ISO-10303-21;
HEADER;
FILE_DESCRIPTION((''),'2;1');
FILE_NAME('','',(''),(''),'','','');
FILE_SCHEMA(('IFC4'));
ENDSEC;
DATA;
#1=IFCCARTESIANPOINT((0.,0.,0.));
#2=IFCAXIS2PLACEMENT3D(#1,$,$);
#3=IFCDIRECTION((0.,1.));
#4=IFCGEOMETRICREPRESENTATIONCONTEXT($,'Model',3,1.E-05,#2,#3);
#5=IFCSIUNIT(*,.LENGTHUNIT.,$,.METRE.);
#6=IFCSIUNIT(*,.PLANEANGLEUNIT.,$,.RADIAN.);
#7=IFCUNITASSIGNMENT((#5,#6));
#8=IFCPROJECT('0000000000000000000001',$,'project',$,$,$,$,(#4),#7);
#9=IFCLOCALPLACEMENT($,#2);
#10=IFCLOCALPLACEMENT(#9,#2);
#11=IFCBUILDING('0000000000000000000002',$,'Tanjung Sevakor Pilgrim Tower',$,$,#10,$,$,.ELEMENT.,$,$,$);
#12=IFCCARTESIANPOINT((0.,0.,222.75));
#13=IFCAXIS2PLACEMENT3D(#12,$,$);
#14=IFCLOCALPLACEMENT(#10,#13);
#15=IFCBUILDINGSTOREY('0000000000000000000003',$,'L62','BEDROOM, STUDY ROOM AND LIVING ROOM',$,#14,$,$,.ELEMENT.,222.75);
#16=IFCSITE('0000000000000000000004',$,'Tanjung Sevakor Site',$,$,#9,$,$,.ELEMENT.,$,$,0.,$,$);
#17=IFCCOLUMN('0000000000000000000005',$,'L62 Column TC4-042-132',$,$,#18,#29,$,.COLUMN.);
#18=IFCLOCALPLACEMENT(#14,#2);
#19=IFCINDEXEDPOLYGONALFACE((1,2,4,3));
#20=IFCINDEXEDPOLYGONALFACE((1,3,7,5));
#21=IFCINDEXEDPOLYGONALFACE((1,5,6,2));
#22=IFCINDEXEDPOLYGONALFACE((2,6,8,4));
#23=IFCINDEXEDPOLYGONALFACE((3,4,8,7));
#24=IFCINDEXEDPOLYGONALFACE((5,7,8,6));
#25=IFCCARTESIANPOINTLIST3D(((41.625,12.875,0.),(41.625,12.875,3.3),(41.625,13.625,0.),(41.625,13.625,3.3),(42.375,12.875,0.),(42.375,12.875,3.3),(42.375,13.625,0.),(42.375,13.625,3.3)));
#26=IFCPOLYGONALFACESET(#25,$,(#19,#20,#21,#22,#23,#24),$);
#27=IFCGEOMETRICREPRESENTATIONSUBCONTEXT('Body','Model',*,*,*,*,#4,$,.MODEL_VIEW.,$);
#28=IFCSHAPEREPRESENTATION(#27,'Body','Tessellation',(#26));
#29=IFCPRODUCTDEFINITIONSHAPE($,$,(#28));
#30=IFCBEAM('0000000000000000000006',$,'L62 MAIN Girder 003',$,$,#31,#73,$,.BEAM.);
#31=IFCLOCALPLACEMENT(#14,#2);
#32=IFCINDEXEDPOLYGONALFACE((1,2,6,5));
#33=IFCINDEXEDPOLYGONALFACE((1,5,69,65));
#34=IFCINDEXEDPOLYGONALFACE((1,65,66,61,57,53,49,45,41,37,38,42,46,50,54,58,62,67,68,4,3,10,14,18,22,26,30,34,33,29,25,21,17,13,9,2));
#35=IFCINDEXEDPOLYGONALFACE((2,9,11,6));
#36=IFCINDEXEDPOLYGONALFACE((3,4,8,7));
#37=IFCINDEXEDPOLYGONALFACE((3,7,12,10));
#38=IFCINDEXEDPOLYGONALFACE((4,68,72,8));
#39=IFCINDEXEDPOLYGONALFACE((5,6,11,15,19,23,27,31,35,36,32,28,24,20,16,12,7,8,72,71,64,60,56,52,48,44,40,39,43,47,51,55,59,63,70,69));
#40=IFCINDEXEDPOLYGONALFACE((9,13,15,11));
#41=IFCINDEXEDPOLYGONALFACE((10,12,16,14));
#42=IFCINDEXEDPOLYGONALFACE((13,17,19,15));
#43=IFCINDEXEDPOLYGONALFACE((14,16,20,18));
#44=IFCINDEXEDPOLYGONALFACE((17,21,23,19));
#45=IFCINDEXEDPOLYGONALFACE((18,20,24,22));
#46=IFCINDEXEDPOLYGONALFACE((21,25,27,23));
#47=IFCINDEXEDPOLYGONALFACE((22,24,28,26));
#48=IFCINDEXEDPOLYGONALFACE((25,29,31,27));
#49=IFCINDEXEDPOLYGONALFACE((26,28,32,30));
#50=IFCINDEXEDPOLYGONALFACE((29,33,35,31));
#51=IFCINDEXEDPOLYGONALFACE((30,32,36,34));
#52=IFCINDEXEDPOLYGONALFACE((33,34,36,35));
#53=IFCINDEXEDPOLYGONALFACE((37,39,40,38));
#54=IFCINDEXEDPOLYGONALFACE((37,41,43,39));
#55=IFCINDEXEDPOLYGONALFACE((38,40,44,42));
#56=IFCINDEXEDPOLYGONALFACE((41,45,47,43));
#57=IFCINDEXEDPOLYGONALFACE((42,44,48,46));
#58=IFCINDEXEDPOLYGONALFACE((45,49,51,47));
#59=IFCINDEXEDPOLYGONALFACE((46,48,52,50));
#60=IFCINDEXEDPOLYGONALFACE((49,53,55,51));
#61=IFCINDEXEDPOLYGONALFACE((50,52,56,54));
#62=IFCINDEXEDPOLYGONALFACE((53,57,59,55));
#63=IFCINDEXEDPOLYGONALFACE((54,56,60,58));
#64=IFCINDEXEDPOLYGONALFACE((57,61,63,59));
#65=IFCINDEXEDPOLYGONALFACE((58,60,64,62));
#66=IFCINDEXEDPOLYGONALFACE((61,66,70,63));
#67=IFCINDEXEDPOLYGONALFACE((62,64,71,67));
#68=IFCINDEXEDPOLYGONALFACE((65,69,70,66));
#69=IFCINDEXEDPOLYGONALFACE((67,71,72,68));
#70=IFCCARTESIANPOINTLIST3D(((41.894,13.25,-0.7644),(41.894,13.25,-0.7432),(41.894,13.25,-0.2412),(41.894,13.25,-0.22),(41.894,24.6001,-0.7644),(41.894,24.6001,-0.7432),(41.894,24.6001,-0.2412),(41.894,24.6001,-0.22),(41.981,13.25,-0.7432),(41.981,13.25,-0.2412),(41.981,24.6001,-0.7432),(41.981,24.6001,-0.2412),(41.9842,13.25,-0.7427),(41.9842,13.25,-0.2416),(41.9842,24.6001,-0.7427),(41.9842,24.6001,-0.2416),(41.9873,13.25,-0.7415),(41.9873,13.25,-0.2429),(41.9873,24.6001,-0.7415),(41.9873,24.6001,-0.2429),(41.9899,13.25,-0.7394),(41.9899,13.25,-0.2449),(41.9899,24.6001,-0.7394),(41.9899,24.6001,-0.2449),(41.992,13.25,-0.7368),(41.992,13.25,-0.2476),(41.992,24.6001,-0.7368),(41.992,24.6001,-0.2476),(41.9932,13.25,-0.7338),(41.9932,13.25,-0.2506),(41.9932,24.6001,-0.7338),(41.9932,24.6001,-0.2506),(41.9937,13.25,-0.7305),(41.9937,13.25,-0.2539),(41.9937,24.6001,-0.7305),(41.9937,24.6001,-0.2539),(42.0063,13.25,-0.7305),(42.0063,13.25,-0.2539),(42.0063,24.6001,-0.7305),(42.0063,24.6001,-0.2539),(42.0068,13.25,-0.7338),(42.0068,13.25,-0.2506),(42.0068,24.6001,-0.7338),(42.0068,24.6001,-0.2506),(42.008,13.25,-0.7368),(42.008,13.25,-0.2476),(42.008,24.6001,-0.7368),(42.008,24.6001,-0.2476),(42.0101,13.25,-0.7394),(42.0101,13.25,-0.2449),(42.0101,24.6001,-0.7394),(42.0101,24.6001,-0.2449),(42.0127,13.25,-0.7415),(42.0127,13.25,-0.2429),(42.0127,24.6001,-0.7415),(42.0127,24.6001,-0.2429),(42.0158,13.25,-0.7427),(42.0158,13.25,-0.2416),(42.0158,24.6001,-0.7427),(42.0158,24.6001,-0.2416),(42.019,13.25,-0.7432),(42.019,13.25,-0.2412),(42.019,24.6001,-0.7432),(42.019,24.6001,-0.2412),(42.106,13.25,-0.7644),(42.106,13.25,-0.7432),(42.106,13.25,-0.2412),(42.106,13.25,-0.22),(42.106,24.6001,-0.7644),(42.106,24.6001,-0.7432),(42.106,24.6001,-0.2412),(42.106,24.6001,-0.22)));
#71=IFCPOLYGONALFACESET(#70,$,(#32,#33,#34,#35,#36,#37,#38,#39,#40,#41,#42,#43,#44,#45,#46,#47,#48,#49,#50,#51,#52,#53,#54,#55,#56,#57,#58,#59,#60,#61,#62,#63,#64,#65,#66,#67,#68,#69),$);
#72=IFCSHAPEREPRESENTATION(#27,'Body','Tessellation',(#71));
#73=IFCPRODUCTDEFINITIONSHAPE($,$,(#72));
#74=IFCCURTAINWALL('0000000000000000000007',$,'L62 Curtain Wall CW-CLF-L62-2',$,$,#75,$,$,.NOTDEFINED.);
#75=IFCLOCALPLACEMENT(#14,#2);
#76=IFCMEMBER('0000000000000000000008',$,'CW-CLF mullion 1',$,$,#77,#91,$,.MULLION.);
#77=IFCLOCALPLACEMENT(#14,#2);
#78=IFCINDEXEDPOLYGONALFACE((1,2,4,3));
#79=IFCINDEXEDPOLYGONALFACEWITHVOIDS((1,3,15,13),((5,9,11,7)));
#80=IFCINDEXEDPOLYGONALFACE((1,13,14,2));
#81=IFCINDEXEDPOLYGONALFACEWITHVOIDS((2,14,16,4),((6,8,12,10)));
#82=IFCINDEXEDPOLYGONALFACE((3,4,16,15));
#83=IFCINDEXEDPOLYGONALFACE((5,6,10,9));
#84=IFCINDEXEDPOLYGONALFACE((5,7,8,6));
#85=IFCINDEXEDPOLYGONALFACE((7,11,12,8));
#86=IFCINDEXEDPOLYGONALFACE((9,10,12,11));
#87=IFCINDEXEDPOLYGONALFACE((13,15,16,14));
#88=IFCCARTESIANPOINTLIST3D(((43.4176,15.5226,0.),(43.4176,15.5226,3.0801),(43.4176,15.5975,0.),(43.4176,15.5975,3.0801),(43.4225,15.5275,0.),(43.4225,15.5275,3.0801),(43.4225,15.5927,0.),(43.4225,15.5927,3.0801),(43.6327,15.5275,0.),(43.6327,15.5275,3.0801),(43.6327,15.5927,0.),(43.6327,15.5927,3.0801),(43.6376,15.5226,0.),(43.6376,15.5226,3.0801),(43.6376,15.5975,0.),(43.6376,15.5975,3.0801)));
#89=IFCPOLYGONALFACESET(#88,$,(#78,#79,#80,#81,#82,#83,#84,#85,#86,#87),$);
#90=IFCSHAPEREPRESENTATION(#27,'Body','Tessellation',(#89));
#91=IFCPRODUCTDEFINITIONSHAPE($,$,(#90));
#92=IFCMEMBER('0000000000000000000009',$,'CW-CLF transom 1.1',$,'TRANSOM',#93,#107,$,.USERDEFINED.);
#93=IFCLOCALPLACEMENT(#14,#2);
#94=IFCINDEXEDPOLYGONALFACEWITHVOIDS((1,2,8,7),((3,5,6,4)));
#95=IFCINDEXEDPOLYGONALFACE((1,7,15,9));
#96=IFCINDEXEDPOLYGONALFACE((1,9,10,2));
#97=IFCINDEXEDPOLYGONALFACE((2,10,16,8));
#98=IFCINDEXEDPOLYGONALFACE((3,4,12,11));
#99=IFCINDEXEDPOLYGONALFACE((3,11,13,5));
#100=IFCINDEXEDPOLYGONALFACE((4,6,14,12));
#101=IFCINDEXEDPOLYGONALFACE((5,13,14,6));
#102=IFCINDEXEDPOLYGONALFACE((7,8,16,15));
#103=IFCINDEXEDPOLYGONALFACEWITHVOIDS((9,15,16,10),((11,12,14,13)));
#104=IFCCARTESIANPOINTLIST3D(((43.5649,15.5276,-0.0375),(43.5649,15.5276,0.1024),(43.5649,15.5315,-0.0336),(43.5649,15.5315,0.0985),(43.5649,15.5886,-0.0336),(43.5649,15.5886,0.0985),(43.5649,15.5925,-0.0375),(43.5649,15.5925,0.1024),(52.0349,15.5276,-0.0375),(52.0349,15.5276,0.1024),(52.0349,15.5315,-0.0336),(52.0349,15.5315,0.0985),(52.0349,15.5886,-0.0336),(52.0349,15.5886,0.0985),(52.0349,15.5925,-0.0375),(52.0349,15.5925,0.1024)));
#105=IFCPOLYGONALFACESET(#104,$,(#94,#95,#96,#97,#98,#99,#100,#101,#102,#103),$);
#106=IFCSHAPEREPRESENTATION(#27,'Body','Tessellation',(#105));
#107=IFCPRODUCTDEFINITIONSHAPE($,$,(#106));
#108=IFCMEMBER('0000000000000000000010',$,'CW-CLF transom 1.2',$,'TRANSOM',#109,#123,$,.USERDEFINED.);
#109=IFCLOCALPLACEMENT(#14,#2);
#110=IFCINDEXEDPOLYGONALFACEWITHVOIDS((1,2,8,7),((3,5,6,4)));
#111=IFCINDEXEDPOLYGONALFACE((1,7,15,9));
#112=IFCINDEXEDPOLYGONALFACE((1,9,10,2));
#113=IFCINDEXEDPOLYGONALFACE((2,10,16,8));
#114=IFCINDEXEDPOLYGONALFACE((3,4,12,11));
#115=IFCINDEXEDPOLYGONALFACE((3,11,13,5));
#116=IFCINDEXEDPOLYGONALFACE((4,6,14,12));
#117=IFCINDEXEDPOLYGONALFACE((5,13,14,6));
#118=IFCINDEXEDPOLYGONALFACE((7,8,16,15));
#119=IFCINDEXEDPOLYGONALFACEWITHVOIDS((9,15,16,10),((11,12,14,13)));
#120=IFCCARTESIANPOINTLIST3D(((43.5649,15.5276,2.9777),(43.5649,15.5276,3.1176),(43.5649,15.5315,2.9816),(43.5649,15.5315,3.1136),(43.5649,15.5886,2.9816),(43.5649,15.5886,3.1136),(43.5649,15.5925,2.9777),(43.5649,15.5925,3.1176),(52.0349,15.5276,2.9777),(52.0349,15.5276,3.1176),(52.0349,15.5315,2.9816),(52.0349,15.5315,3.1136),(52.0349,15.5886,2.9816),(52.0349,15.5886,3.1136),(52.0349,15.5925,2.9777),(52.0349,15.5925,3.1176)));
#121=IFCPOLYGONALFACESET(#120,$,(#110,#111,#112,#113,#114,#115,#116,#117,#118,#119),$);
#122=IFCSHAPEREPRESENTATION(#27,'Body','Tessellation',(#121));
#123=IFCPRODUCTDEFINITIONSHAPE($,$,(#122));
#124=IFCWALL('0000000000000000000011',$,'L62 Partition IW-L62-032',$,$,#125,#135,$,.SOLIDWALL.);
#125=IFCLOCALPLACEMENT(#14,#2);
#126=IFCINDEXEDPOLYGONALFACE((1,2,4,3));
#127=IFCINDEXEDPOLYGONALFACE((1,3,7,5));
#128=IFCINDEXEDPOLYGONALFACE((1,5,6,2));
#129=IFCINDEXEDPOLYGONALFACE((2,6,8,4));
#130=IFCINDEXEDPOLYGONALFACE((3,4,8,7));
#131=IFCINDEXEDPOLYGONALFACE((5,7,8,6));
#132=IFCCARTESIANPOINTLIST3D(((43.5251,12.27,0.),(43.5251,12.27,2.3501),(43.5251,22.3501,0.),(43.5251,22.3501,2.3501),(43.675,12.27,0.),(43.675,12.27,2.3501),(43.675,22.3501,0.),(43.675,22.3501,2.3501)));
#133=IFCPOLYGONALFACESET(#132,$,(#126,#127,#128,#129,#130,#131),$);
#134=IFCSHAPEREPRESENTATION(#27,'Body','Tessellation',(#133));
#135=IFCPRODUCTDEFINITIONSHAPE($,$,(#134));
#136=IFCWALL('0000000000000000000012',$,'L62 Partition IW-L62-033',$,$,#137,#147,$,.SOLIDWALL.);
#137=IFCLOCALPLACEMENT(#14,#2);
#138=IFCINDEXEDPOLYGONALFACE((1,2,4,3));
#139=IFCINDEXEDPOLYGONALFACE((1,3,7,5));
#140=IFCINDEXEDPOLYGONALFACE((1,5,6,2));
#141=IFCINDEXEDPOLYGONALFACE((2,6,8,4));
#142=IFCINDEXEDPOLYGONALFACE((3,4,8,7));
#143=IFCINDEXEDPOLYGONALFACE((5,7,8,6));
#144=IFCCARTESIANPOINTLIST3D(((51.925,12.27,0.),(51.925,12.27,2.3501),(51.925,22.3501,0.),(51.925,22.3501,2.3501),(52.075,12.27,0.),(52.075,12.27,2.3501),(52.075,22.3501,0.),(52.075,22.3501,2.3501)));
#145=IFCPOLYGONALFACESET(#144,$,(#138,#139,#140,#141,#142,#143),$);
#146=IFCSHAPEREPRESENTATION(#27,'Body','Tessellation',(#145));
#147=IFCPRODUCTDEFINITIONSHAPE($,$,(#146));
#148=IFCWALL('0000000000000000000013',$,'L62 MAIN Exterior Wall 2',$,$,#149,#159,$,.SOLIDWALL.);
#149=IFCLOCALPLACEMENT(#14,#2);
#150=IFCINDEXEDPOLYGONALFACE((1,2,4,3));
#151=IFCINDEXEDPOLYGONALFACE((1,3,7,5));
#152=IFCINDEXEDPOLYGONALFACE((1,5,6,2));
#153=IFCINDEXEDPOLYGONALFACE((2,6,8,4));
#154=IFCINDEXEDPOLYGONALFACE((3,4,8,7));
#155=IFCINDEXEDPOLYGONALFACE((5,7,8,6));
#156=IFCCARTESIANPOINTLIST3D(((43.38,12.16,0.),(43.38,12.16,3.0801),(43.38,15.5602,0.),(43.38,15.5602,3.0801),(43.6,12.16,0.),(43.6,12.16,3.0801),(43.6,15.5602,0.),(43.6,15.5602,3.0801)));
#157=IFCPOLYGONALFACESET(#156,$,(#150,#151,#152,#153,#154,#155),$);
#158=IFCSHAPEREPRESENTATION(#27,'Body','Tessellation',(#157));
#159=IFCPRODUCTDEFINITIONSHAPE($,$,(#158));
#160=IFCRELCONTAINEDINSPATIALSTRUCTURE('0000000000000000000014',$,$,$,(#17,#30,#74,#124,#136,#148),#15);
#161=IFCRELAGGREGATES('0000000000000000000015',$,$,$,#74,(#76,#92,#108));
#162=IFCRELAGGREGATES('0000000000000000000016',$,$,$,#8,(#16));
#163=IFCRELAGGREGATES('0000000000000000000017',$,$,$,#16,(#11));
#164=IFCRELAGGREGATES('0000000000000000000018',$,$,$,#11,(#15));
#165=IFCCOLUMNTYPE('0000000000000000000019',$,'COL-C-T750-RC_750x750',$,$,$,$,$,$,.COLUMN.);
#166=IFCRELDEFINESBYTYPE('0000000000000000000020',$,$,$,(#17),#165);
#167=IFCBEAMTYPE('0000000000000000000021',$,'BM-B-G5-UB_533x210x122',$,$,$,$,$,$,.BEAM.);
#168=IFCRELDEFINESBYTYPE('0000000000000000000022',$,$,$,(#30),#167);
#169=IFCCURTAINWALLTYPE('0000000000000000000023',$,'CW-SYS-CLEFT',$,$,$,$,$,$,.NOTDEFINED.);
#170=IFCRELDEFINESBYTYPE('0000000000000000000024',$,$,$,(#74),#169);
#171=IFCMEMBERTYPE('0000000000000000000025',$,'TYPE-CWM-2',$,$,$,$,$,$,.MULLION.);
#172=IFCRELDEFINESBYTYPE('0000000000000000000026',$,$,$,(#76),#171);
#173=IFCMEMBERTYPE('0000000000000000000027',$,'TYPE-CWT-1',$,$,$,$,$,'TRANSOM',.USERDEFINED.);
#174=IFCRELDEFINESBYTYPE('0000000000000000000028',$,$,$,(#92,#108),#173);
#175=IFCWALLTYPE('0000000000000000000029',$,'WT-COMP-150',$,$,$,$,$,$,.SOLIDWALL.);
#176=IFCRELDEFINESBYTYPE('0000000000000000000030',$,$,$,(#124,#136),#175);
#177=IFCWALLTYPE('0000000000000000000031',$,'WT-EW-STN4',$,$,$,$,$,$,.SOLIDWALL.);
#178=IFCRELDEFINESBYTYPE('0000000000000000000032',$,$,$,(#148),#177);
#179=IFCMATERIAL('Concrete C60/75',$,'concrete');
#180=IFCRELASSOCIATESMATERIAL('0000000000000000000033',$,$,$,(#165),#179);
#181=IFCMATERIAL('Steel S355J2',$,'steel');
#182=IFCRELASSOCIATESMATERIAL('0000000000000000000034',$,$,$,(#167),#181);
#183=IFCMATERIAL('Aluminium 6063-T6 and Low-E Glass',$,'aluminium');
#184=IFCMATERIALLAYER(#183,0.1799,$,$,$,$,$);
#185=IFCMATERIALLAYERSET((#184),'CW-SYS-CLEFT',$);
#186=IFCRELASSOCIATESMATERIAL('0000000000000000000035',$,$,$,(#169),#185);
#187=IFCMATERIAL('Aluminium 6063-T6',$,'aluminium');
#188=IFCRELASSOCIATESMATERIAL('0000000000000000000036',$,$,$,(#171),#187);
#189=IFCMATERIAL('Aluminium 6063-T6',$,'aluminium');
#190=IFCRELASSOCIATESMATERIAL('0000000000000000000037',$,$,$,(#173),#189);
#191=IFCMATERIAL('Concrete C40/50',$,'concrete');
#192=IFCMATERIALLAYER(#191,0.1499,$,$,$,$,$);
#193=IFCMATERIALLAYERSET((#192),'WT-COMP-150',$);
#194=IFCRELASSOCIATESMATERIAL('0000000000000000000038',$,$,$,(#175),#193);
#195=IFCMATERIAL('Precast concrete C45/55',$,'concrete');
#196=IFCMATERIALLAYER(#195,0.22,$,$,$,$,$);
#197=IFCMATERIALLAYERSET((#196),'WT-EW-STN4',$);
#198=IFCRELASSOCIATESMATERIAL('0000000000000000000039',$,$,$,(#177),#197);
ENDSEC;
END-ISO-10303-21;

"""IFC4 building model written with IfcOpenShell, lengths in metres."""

from ifc_helpers import new_model, si_unit, direction, frame, frame_2d, origin, origin_2d, place, context, subcontext, project, spatial, rectangle, hollow_rectangle, i_section, extrude, material, layer, layer_set, material_profile, profile_set, type_object, element, aggregate, save


model = new_model("IFC4")

# Units and contexts
model_context = context("Model", 3, precision=1e-05, world=origin(), true_north=direction((0.0, 1.0)))
body_context = subcontext(model_context, "Body", "Model", "MODEL_VIEW")
ifc_project = project(units=[si_unit("LENGTHUNIT", "METRE"), si_unit("PLANEANGLEUNIT", "RADIAN")], contexts=[model_context])

# Site, building, storey
site_placement = place(None, origin())
site = spatial("IfcSite", under=ifc_project, at=site_placement, Name="Tanjung Sevakor Site", CompositionType="ELEMENT", RefElevation=0.0)
building_placement = place(site_placement, origin())
building = spatial("IfcBuilding", under=site, at=building_placement, Name="Tanjung Sevakor Pilgrim Tower", CompositionType="ELEMENT")
storey_placement = place(building_placement, frame((0.0, 0.0, 222.75)))
storey = spatial("IfcBuildingStorey", under=building, at=storey_placement, Name="L62", Description="BEDROOM, STUDY ROOM AND LIVING ROOM", CompositionType="ELEMENT", Elevation=222.75)

# Column
ifc_material_1 = material(Name="Concrete C60/75", Category="concrete")
ifc_material_profile_1 = material_profile(ifc_material_1, rectangle(XDim=0.75, YDim=0.75, at=origin_2d()))
ifc_profile_set_1 = profile_set([ifc_material_profile_1], Name="Concrete C60/75")
column_type = type_object("IfcColumnType", Name="COL-C-T750-RC_750x750", PredefinedType="COLUMN", material=ifc_profile_set_1)
column_placement = place(storey_placement, frame((42.0, 13.25, 0.0), z_axis=(0.0, 0.0, 1.0), x_axis=(1.0, 0.0, 0.0)))
element("IfcColumn", 1, at=column_placement, inside=storey, type_object=column_type, Name="L62 Column TC4-042-132", PredefinedType="COLUMN", context=body_context, shape_type="SweptSolid", body=[
    extrude(rectangle(XDim=0.75, YDim=0.75, at=origin_2d()), origin(), (0.0, 0.0, 1.0), 3.3),
])

# Beam
ifc_material_2 = material(Name="Steel S355J2", Category="steel")
ifc_material_profile_2 = material_profile(ifc_material_2, i_section(OverallWidth=0.2119, OverallDepth=0.5444, WebThickness=0.0127, FlangeThickness=0.0212, FilletRadius=0.0127, at=origin_2d()))
ifc_profile_set_2 = profile_set([ifc_material_profile_2], Name="Steel S355J2")
beam_type = type_object("IfcBeamType", Name="BM-B-G5-UB_533x210x122", PredefinedType="BEAM", material=ifc_profile_set_2)
beam_placement = place(storey_placement, frame((42.0, 13.25, -0.4922), z_axis=(0.0, 1.0, 0.0), x_axis=(-1.0, 0.0, 0.0)))
element("IfcBeam", 2, at=beam_placement, inside=storey, type_object=beam_type, Name="L62 MAIN Girder 003", PredefinedType="BEAM", context=body_context, shape_type="SweptSolid", body=[
    extrude(i_section(OverallWidth=0.2119, OverallDepth=0.5444, WebThickness=0.0127, FlangeThickness=0.0212, FilletRadius=0.0127, at=origin_2d()), origin(), (0.0, 0.0, 1.0), 11.3501),
])

# Curtain wall, members
ifc_material_3 = material(Name="Aluminium 6063-T6 and Low-E Glass", Category="aluminium")
ifc_layer_1 = layer(ifc_material_3, 0.1799)
ifc_layer_set_1 = layer_set([ifc_layer_1], Name="CW-SYS-CLEFT")
curtain_wall_type = type_object("IfcCurtainWallType", Name="CW-SYS-CLEFT", PredefinedType="NOTDEFINED", material=ifc_layer_set_1)
curtain_wall_placement = place(storey_placement, origin())
curtain_wall = element("IfcCurtainWall", 3, at=curtain_wall_placement, inside=storey, type_object=curtain_wall_type, Name="L62 Curtain Wall CW-CLF-L62-2", PredefinedType="NOTDEFINED")
ifc_material_4 = material(Name="Aluminium 6063-T6", Category="aluminium")
ifc_material_profile_3 = material_profile(ifc_material_4, hollow_rectangle(XDim=0.075, YDim=0.22, WallThickness=0.0049, at=origin_2d()))
ifc_profile_set_3 = profile_set([ifc_material_profile_3], Name="Aluminium 6063-T6")
member_type_1 = type_object("IfcMemberType", Name="TYPE-CWM-2", PredefinedType="MULLION", material=ifc_profile_set_3)
member_1_placement = place(storey_placement, frame((43.5276, 15.5601, 0.0), z_axis=(0.0, 0.0, 1.0), x_axis=(0.0, 1.0, 0.0)))
member_1 = element("IfcMember", 4, at=member_1_placement, type_object=member_type_1, Name="CW-CLF mullion 1", PredefinedType="MULLION", context=body_context, shape_type="SweptSolid", body=[
    extrude(hollow_rectangle(XDim=0.075, YDim=0.22, WallThickness=0.0049, at=origin_2d()), origin(), (0.0, 0.0, 1.0), 3.0801),
])
ifc_material_5 = material(Name="Aluminium 6063-T6", Category="aluminium")
ifc_material_profile_4 = material_profile(ifc_material_5, hollow_rectangle(XDim=0.0649, YDim=0.1399, WallThickness=0.0039, at=origin_2d()))
ifc_profile_set_4 = profile_set([ifc_material_profile_4], Name="Aluminium 6063-T6")
member_type_2 = type_object("IfcMemberType", Name="TYPE-CWT-1", ElementType="TRANSOM", PredefinedType="USERDEFINED", material=ifc_profile_set_4)
member_2_placement = place(storey_placement, frame((43.5649, 15.5601, 0.0325), z_axis=(1.0, 0.0, 0.0), x_axis=(0.0, 1.0, 0.0)))
member_2 = element("IfcMember", 5, at=member_2_placement, type_object=member_type_2, Name="CW-CLF transom 1.1", ObjectType="TRANSOM", PredefinedType="USERDEFINED", context=body_context, shape_type="SweptSolid", body=[
    extrude(hollow_rectangle(XDim=0.0649, YDim=0.1399, WallThickness=0.0039, at=origin_2d()), origin(), (0.0, 0.0, 1.0), 8.47),
])
member_3_placement = place(storey_placement, frame((43.5649, 15.5601, 3.0476), z_axis=(1.0, 0.0, 0.0), x_axis=(0.0, 1.0, 0.0)))
member_3 = element("IfcMember", 6, at=member_3_placement, type_object=member_type_2, Name="CW-CLF transom 1.2", ObjectType="TRANSOM", PredefinedType="USERDEFINED", context=body_context, shape_type="SweptSolid", body=[
    extrude(hollow_rectangle(XDim=0.0649, YDim=0.1399, WallThickness=0.0039, at=origin_2d()), origin(), (0.0, 0.0, 1.0), 8.47),
])
aggregate(curtain_wall, [member_1, member_2, member_3])

# Walls
ifc_material_6 = material(Name="Concrete C40/50", Category="concrete")
ifc_layer_2 = layer(ifc_material_6, 0.1499)
ifc_layer_set_2 = layer_set([ifc_layer_2], Name="WT-COMP-150")
wall_type_1 = type_object("IfcWallType", Name="WT-COMP-150", PredefinedType="SOLIDWALL", material=ifc_layer_set_2)
for number, where, z_axis, x_axis, name in (
    (7, (43.6001, 12.27, 0.0), (0.0, 0.0, 1.0), (0.0, 1.0, 0.0), "L62 Partition IW-L62-032"),
    (8, (52.0, 12.27, 0.0), (0.0, 0.0, 1.0), (0.0, 1.0, 0.0), "L62 Partition IW-L62-033"),
):
    element("IfcWall", number, at=place(storey_placement, frame(where, z_axis=z_axis, x_axis=x_axis)), inside=storey, type_object=wall_type_1, Name=name, PredefinedType="SOLIDWALL", context=body_context, shape_type="SweptSolid", body=[
        extrude(rectangle(XDim=10.0801, YDim=0.1499, at=frame_2d((5.04, 0.0))), origin(), (0.0, 0.0, 1.0), 2.3501),
    ])
ifc_material_7 = material(Name="Precast concrete C45/55", Category="concrete")
ifc_layer_3 = layer(ifc_material_7, 0.22)
ifc_layer_set_3 = layer_set([ifc_layer_3], Name="WT-EW-STN4")
wall_type_2 = type_object("IfcWallType", Name="WT-EW-STN4", PredefinedType="SOLIDWALL", material=ifc_layer_set_3)
wall_1_placement = place(storey_placement, frame((43.49, 12.1599, 0.0), z_axis=(0.0, 0.0, 1.0), x_axis=(0.0, 1.0, 0.0)))
element("IfcWall", 9, at=wall_1_placement, inside=storey, type_object=wall_type_2, Name="L62 MAIN Exterior Wall 2", PredefinedType="SOLIDWALL", context=body_context, shape_type="SweptSolid", body=[
    extrude(rectangle(XDim=3.4001, YDim=0.22, at=frame_2d((1.7002, 0.0))), origin(), (0.0, 0.0, 1.0), 3.0801),
])

save(model, "model.ifc")
